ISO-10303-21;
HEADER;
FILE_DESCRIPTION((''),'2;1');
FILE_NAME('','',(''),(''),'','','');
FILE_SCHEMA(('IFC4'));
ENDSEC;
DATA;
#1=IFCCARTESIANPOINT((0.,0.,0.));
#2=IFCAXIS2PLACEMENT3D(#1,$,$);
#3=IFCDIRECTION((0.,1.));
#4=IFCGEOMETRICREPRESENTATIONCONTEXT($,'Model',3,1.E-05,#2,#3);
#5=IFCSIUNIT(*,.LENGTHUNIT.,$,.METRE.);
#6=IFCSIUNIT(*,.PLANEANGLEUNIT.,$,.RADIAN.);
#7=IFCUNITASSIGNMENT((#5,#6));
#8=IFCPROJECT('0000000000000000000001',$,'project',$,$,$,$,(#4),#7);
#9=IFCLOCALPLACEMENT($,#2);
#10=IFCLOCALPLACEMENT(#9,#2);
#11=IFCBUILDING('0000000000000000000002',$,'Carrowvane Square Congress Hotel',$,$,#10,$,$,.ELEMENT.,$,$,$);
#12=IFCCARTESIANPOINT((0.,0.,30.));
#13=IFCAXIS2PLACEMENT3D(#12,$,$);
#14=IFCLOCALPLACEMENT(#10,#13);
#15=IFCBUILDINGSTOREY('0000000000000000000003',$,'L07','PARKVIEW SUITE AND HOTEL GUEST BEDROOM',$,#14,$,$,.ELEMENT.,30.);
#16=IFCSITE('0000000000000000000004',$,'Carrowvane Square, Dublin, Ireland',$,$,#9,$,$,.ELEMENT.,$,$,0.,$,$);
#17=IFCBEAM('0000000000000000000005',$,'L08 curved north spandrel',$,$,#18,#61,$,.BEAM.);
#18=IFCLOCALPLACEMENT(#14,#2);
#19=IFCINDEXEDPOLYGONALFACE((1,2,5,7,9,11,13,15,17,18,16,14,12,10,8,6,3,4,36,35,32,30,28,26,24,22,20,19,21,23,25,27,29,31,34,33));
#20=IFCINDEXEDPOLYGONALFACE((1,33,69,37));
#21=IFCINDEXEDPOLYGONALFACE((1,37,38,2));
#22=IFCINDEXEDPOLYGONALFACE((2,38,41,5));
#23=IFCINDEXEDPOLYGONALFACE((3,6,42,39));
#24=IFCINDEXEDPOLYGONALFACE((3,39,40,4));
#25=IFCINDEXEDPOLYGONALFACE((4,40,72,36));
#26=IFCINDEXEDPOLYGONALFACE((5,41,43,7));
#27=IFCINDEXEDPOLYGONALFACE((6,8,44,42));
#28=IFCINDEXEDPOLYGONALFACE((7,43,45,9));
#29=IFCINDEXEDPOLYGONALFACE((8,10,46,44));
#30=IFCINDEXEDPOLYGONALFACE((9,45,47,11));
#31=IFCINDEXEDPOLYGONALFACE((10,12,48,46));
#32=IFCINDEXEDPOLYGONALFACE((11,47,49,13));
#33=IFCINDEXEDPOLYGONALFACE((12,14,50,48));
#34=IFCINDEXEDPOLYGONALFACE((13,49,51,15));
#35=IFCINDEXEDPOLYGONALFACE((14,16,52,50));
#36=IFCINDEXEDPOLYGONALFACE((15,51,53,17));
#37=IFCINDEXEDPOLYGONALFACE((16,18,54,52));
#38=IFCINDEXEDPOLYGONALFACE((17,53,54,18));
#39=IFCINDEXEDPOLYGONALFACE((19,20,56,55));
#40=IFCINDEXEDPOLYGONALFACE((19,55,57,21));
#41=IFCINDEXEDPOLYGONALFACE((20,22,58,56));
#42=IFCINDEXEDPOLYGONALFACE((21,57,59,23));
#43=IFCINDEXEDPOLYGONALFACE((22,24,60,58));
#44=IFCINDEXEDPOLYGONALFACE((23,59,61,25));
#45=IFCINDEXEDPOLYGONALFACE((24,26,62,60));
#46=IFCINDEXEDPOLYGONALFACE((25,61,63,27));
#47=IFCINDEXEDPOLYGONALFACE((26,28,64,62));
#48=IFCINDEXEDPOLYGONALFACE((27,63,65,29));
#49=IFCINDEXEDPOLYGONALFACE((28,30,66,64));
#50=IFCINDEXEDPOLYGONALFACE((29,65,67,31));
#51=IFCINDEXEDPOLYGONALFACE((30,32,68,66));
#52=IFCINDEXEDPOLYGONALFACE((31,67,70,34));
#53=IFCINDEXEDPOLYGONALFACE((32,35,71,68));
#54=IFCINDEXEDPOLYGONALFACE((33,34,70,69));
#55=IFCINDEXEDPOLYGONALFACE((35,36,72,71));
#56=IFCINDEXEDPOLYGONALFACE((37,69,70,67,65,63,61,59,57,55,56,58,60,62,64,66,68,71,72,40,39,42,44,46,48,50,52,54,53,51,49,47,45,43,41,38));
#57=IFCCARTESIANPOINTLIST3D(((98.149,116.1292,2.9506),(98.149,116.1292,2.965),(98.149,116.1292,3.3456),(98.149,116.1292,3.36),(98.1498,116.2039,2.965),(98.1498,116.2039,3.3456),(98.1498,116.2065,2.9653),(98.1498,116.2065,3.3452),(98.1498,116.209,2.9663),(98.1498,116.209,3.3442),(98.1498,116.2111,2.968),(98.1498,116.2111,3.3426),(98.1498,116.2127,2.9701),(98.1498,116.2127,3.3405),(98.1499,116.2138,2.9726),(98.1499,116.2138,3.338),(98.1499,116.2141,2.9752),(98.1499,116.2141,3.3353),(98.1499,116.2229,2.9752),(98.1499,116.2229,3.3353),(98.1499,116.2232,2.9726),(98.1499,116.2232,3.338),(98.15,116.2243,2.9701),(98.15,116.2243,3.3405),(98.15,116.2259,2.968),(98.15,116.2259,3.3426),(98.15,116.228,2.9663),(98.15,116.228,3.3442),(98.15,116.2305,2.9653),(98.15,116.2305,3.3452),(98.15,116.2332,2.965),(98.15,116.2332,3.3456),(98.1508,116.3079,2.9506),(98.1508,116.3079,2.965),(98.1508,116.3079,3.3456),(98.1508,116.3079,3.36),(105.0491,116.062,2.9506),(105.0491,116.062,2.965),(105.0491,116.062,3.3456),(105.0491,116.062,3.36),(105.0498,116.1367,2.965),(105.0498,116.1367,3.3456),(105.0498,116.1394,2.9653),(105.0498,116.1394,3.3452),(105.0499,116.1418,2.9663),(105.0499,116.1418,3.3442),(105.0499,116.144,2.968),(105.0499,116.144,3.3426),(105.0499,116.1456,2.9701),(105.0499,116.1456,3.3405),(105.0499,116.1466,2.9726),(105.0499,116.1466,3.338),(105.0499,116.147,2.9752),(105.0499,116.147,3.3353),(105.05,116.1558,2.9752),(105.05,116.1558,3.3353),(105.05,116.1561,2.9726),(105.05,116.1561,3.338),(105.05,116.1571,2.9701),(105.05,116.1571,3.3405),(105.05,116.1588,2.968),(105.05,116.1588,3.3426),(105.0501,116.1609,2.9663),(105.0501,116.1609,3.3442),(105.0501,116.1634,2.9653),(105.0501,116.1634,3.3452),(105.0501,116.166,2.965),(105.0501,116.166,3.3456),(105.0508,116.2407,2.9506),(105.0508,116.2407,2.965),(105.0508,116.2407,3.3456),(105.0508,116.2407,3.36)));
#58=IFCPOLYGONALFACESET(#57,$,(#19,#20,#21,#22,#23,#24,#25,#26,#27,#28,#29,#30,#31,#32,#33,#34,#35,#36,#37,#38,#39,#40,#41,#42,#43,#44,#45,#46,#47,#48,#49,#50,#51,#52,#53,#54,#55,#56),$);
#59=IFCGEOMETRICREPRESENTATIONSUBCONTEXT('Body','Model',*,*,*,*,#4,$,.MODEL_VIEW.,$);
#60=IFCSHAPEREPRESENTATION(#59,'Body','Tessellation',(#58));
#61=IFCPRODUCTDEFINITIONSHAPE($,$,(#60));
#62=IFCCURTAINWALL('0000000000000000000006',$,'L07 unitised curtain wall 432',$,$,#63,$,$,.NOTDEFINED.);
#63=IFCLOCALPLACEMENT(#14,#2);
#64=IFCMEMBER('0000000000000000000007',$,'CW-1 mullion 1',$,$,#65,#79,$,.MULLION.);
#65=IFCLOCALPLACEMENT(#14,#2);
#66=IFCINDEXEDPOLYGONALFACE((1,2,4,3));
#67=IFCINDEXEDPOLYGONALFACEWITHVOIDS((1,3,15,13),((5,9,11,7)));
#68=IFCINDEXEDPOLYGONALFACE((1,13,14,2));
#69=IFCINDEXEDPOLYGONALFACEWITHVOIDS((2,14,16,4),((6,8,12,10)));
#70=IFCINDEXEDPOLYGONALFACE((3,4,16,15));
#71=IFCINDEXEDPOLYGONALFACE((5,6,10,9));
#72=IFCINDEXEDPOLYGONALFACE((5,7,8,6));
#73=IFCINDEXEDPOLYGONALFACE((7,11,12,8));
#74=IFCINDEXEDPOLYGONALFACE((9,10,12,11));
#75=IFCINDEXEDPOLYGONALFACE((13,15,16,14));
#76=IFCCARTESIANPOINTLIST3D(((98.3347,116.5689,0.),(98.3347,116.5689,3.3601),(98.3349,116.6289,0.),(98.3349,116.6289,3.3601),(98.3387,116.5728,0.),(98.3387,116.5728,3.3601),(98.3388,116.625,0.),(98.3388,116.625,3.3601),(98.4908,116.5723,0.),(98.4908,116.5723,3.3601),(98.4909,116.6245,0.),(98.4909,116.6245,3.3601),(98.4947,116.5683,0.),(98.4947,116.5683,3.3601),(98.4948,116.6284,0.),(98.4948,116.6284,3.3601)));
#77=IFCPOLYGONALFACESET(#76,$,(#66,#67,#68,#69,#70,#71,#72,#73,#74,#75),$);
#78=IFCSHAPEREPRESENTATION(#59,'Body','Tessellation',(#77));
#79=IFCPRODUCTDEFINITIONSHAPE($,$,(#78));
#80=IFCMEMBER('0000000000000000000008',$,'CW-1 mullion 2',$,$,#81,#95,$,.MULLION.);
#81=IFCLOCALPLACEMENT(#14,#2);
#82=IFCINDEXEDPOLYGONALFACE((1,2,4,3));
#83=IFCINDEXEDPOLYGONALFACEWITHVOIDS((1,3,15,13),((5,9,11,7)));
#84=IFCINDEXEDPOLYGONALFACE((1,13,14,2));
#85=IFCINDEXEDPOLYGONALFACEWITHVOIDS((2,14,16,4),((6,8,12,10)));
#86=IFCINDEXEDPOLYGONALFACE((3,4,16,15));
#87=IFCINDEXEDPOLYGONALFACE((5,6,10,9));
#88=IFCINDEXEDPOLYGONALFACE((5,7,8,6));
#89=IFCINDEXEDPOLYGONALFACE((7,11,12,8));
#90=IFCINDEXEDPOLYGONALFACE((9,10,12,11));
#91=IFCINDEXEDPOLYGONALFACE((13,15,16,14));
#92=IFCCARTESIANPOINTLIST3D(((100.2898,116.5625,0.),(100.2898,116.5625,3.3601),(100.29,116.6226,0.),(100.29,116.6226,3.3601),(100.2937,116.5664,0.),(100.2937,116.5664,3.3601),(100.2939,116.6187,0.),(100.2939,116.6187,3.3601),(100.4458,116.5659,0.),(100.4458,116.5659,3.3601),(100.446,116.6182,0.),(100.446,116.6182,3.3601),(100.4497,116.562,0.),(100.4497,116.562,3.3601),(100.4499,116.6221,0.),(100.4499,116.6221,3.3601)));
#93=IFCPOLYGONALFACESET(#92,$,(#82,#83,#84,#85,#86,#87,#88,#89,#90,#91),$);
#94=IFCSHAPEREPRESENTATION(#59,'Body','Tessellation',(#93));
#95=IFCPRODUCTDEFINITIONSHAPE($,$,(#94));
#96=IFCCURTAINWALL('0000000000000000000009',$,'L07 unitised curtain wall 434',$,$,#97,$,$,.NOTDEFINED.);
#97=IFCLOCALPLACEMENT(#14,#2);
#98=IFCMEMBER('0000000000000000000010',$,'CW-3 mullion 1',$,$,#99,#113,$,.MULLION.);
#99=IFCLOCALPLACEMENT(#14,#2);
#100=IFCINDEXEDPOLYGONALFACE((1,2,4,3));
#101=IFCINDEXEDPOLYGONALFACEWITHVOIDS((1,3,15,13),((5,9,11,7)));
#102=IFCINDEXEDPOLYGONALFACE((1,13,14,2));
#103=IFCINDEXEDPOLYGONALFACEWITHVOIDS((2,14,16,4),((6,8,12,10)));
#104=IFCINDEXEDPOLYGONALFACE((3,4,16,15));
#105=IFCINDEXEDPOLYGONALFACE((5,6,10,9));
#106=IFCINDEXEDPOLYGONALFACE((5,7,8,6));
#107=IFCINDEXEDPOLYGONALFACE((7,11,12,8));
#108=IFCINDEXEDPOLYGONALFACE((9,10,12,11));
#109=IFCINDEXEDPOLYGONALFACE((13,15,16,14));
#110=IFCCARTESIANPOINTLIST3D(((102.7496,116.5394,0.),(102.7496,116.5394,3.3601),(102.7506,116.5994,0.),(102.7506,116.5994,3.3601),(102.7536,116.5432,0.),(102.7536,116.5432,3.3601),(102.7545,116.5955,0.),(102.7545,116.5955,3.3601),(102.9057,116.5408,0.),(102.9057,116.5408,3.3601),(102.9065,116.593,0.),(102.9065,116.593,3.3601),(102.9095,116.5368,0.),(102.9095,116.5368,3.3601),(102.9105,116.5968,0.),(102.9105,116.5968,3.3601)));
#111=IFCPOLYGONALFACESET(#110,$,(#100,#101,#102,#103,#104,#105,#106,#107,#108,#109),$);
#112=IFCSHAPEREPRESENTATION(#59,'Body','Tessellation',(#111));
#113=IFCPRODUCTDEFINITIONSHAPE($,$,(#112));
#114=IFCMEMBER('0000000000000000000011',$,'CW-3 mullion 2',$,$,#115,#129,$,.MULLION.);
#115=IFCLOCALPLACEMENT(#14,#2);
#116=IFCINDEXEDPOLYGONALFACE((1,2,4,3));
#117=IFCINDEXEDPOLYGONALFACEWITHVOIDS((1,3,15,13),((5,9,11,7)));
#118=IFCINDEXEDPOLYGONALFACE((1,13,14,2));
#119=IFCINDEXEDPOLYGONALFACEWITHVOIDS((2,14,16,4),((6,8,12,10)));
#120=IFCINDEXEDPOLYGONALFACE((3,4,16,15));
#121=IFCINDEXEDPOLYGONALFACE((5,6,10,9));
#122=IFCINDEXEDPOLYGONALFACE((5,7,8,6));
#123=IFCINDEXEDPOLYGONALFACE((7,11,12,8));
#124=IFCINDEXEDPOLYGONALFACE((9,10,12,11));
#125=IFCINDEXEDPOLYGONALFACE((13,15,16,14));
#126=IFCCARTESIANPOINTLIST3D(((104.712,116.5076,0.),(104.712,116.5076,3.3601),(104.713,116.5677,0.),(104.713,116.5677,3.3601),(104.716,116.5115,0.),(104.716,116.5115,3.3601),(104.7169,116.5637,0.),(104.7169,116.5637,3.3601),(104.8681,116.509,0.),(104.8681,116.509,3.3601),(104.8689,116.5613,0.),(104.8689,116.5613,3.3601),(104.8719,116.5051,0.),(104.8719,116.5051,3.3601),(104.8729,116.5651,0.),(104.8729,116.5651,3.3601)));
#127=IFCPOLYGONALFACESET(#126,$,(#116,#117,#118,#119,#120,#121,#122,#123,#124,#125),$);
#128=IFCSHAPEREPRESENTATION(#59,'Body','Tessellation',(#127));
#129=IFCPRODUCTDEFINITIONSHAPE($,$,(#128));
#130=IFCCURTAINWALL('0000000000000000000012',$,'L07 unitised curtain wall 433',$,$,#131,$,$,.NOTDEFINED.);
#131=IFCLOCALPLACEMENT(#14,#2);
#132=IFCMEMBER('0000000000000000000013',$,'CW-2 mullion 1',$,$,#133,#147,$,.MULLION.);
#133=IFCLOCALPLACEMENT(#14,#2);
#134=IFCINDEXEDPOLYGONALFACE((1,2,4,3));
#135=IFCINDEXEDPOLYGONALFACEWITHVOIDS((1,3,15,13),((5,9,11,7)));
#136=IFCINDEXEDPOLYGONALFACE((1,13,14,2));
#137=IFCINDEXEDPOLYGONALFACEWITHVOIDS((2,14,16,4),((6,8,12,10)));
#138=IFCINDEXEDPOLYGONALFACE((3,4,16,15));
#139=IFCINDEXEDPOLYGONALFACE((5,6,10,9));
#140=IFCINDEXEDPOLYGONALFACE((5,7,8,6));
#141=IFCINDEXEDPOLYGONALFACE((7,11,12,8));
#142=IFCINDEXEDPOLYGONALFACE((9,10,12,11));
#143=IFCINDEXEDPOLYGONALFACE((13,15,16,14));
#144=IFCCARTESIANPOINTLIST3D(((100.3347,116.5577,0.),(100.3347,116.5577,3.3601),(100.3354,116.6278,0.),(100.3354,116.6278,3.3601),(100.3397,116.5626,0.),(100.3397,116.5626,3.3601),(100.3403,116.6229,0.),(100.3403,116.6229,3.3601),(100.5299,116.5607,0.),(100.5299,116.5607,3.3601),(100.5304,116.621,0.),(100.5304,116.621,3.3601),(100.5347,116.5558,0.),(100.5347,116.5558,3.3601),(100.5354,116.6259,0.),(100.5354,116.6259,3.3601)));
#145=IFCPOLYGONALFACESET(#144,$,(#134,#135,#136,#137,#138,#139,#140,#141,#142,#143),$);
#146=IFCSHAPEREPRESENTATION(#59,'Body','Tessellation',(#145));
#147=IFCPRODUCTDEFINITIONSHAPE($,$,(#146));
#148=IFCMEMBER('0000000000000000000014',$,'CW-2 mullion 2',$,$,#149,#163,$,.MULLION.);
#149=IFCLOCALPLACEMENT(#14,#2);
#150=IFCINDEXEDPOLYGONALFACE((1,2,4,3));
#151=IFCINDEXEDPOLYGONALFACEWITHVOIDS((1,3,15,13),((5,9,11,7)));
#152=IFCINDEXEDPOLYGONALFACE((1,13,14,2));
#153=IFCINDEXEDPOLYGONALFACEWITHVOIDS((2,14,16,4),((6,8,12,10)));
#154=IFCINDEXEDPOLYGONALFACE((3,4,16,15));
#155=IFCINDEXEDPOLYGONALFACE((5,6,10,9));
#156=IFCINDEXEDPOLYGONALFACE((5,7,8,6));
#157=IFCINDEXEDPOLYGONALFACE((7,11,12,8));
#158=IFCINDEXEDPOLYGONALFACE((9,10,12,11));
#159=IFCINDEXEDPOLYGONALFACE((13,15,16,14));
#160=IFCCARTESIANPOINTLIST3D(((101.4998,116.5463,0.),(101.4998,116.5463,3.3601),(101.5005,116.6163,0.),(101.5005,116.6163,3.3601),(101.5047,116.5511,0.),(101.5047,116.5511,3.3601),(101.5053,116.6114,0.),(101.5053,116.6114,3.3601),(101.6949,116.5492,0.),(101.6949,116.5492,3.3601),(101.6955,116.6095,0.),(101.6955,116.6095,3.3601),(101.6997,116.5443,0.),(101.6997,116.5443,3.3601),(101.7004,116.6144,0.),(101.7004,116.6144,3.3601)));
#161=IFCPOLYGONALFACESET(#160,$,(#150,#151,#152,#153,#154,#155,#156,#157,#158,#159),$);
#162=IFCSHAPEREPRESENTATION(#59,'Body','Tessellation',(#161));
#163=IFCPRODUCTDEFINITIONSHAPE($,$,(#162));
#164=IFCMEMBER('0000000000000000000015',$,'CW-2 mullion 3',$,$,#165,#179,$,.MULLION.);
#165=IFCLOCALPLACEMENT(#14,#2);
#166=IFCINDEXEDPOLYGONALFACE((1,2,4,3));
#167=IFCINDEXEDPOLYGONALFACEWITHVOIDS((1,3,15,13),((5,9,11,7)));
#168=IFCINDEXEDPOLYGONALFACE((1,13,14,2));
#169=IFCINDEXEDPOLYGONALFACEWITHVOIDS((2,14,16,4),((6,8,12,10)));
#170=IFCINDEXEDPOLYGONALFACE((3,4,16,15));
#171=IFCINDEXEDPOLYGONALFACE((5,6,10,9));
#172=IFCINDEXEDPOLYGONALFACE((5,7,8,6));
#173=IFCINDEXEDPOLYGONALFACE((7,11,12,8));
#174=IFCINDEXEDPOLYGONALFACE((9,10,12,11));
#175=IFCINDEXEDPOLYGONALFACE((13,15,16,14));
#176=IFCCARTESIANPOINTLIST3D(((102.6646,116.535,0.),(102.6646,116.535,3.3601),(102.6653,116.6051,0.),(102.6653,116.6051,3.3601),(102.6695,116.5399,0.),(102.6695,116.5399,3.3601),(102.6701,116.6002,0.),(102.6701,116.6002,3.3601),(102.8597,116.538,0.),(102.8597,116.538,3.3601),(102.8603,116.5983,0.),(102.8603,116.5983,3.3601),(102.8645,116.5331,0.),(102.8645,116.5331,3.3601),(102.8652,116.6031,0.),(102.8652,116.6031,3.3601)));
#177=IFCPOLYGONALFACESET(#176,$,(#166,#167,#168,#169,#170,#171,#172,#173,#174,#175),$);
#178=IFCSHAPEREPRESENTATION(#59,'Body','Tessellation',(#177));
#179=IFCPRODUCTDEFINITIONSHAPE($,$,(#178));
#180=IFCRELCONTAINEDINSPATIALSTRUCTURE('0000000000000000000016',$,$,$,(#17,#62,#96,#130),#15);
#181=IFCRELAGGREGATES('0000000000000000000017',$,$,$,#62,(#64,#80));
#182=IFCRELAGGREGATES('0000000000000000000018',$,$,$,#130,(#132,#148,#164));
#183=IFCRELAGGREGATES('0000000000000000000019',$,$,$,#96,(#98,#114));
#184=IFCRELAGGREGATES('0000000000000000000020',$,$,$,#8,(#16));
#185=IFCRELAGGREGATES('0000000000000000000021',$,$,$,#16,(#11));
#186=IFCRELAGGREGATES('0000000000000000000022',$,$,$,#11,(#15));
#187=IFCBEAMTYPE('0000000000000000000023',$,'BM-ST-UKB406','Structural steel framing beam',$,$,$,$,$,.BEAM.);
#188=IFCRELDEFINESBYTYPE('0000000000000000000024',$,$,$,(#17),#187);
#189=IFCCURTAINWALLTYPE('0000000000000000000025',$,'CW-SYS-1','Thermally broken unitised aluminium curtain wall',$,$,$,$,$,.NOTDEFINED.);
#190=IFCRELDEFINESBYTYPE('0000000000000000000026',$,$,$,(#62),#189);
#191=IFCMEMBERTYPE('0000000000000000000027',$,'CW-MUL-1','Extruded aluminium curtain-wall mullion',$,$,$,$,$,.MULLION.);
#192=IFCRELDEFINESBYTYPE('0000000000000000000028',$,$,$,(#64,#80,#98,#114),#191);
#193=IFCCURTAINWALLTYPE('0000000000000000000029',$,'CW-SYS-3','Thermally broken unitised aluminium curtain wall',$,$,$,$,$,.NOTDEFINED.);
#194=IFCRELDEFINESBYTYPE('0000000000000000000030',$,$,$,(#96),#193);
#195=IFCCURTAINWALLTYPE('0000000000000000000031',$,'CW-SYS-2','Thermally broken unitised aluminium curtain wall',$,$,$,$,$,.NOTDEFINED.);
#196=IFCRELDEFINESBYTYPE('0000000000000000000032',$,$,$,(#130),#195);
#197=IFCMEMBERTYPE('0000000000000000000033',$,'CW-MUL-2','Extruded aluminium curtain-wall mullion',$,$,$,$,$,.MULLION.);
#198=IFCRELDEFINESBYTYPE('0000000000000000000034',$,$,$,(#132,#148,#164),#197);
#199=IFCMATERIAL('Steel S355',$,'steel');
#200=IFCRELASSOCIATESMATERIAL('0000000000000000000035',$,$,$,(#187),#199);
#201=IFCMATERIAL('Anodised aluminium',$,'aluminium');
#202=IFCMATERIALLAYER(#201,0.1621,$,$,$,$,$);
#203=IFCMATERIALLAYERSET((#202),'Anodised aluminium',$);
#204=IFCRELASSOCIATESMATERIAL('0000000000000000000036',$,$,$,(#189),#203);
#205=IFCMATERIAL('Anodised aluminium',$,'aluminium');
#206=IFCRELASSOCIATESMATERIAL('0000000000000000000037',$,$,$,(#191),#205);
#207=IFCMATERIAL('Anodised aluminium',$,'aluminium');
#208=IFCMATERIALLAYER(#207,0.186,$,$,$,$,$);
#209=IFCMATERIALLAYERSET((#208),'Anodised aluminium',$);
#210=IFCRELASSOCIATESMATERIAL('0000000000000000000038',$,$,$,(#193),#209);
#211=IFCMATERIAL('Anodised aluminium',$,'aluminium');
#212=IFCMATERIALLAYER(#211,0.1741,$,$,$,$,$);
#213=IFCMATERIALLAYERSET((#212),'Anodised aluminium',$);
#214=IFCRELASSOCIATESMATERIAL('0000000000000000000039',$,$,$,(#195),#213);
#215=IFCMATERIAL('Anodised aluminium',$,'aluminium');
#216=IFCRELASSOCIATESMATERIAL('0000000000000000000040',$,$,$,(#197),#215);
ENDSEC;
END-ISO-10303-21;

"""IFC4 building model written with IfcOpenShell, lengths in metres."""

from ifc_helpers import new_model, si_unit, direction, frame, origin, origin_2d, place, context, subcontext, project, spatial, hollow_rectangle, i_section, extrude, material, layer, layer_set, material_profile, profile_set, type_object, element, aggregate, save


model = new_model("IFC4")

# Units and contexts
model_context = context("Model", 3, precision=1e-05, world=origin(), true_north=direction((0.0, 1.0)))
body_context = subcontext(model_context, "Body", "Model", "MODEL_VIEW")
ifc_project = project(units=[si_unit("LENGTHUNIT", "METRE"), si_unit("PLANEANGLEUNIT", "RADIAN")], contexts=[model_context])

# Site, building, storey
site_placement = place(None, origin())
site = spatial("IfcSite", under=ifc_project, at=site_placement, Name="Carrowvane Square, Dublin, Ireland", CompositionType="ELEMENT", RefElevation=0.0)
building_placement = place(site_placement, origin())
building = spatial("IfcBuilding", under=site, at=building_placement, Name="Carrowvane Square Congress Hotel", CompositionType="ELEMENT")
storey_placement = place(building_placement, frame((0.0, 0.0, 30.0)))
storey = spatial("IfcBuildingStorey", under=building, at=storey_placement, Name="L07", Description="PARKVIEW SUITE AND HOTEL GUEST BEDROOM", CompositionType="ELEMENT", Elevation=30.0)

# Beam
ifc_material_1 = material(Name="Steel S355", Category="steel")
ifc_material_profile_1 = material_profile(ifc_material_1, i_section(OverallWidth=0.1787, OverallDepth=0.4094, WebThickness=0.0088, FlangeThickness=0.0144, FilletRadius=0.0103, at=origin_2d()), Name="UKB 406x178x67")
ifc_profile_set_1 = profile_set([ifc_material_profile_1], Name="Steel S355")
beam_type = type_object("IfcBeamType", Name="BM-ST-UKB406", Description="Structural steel framing beam", PredefinedType="BEAM", material=ifc_profile_set_1)
beam_placement = place(storey_placement, frame((98.1499, 116.2185, 3.1553), z_axis=(0.999953, -0.00973, 0.0), x_axis=(0.00973, 0.999953, 0.0)))
element("IfcBeam", 1, at=beam_placement, inside=storey, type_object=beam_type, Name="L08 curved north spandrel", PredefinedType="BEAM", context=body_context, shape_type="SweptSolid", body=[
    extrude(i_section(OverallWidth=0.1787, OverallDepth=0.4094, WebThickness=0.0088, FlangeThickness=0.0144, FilletRadius=0.0103, at=origin_2d()), origin(), (0.0, 0.0, 1.0), 6.9004),
])

# Curtain walls, members
ifc_material_2 = material(Name="Anodised aluminium", Category="aluminium")
ifc_layer_1 = layer(ifc_material_2, 0.1621)
ifc_layer_set_1 = layer_set([ifc_layer_1], Name="Anodised aluminium")
curtain_wall_type_1 = type_object("IfcCurtainWallType", Name="CW-SYS-1", Description="Thermally broken unitised aluminium curtain wall", PredefinedType="NOTDEFINED", material=ifc_layer_set_1)
curtain_wall_1_placement = place(storey_placement, origin())
curtain_wall_1 = element("IfcCurtainWall", 2, at=curtain_wall_1_placement, inside=storey, type_object=curtain_wall_type_1, Name="L07 unitised curtain wall 432", PredefinedType="NOTDEFINED")
ifc_material_3 = material(Name="Anodised aluminium", Category="aluminium")
ifc_material_profile_2 = material_profile(ifc_material_3, hollow_rectangle(XDim=0.0601, YDim=0.1599, WallThickness=0.0039, at=origin_2d()), Name="CW-ML 60x160x4")
ifc_profile_set_2 = profile_set([ifc_material_profile_2], Name="Anodised aluminium")
member_type_1 = type_object("IfcMemberType", Name="CW-MUL-1", Description="Extruded aluminium curtain-wall mullion", PredefinedType="MULLION", material=ifc_profile_set_2)
member_1_placement = place(storey_placement, frame((98.4148, 116.5986, 0.0), z_axis=(0.0, 0.0, 1.0), x_axis=(0.00327, 0.999995, 0.0)))
member_1 = element("IfcMember", 3, at=member_1_placement, type_object=member_type_1, Name="CW-1 mullion 1", PredefinedType="MULLION", context=body_context, shape_type="SweptSolid", body=[
    extrude(hollow_rectangle(XDim=0.0601, YDim=0.1599, WallThickness=0.0039, at=origin_2d()), origin(), (0.0, 0.0, 1.0), 3.3601),
])
member_2_placement = place(storey_placement, frame((100.3699, 116.5923, 0.0), z_axis=(0.0, 0.0, 1.0), x_axis=(0.00327, 0.999995, 0.0)))
member_2 = element("IfcMember", 4, at=member_2_placement, type_object=member_type_1, Name="CW-1 mullion 2", PredefinedType="MULLION", context=body_context, shape_type="SweptSolid", body=[
    extrude(hollow_rectangle(XDim=0.0601, YDim=0.1599, WallThickness=0.0039, at=origin_2d()), origin(), (0.0, 0.0, 1.0), 3.3601),
])
ifc_material_4 = material(Name="Anodised aluminium", Category="aluminium")
ifc_layer_2 = layer(ifc_material_4, 0.186)
ifc_layer_set_2 = layer_set([ifc_layer_2], Name="Anodised aluminium")
curtain_wall_type_2 = type_object("IfcCurtainWallType", Name="CW-SYS-3", Description="Thermally broken unitised aluminium curtain wall", PredefinedType="NOTDEFINED", material=ifc_layer_set_2)
curtain_wall_2_placement = place(storey_placement, origin())
curtain_wall_2 = element("IfcCurtainWall", 5, at=curtain_wall_2_placement, inside=storey, type_object=curtain_wall_type_2, Name="L07 unitised curtain wall 434", PredefinedType="NOTDEFINED")
member_3_placement = place(storey_placement, frame((102.8301, 116.5681, 0.0), z_axis=(0.0, 0.0, 1.0), x_axis=(0.016216, 0.999869, 0.0)))
member_3 = element("IfcMember", 6, at=member_3_placement, type_object=member_type_1, Name="CW-3 mullion 1", PredefinedType="MULLION", context=body_context, shape_type="SweptSolid", body=[
    extrude(hollow_rectangle(XDim=0.0601, YDim=0.1599, WallThickness=0.0039, at=origin_2d()), origin(), (0.0, 0.0, 1.0), 3.3601),
])
member_4_placement = place(storey_placement, frame((104.7925, 116.5364, 0.0), z_axis=(0.0, 0.0, 1.0), x_axis=(0.016216, 0.999869, 0.0)))
member_4 = element("IfcMember", 7, at=member_4_placement, type_object=member_type_1, Name="CW-3 mullion 2", PredefinedType="MULLION", context=body_context, shape_type="SweptSolid", body=[
    extrude(hollow_rectangle(XDim=0.0601, YDim=0.1599, WallThickness=0.0039, at=origin_2d()), origin(), (0.0, 0.0, 1.0), 3.3601),
])
ifc_material_5 = material(Name="Anodised aluminium", Category="aluminium")
ifc_layer_3 = layer(ifc_material_5, 0.1741)
ifc_layer_set_3 = layer_set([ifc_layer_3], Name="Anodised aluminium")
curtain_wall_type_3 = type_object("IfcCurtainWallType", Name="CW-SYS-2", Description="Thermally broken unitised aluminium curtain wall", PredefinedType="NOTDEFINED", material=ifc_layer_set_3)
curtain_wall_3_placement = place(storey_placement, origin())
curtain_wall_3 = element("IfcCurtainWall", 8, at=curtain_wall_3_placement, inside=storey, type_object=curtain_wall_type_3, Name="L07 unitised curtain wall 433", PredefinedType="NOTDEFINED")
ifc_material_6 = material(Name="Anodised aluminium", Category="aluminium")
ifc_material_profile_3 = material_profile(ifc_material_6, hollow_rectangle(XDim=0.0701, YDim=0.2, WallThickness=0.0049, at=origin_2d()), Name="CW-ML 70x200x5")
ifc_profile_set_3 = profile_set([ifc_material_profile_3], Name="Anodised aluminium")
member_type_2 = type_object("IfcMemberType", Name="CW-MUL-2", Description="Extruded aluminium curtain-wall mullion", PredefinedType="MULLION", material=ifc_profile_set_3)
member_5_placement = place(storey_placement, frame((100.4351, 116.5918, 0.0), z_axis=(0.0, 0.0, 1.0), x_axis=(0.009783, 0.999952, 0.0)))
member_5 = element("IfcMember", 9, at=member_5_placement, type_object=member_type_2, Name="CW-2 mullion 1", PredefinedType="MULLION", context=body_context, shape_type="SweptSolid", body=[
    extrude(hollow_rectangle(XDim=0.0701, YDim=0.2, WallThickness=0.0049, at=origin_2d()), origin(), (0.0, 0.0, 1.0), 3.3601),
])
member_6_placement = place(storey_placement, frame((101.6001, 116.5803, 0.0), z_axis=(0.0, 0.0, 1.0), x_axis=(0.009783, 0.999952, 0.0)))
member_6 = element("IfcMember", 10, at=member_6_placement, type_object=member_type_2, Name="CW-2 mullion 2", PredefinedType="MULLION", context=body_context, shape_type="SweptSolid", body=[
    extrude(hollow_rectangle(XDim=0.0701, YDim=0.2, WallThickness=0.0049, at=origin_2d()), origin(), (0.0, 0.0, 1.0), 3.3601),
])
member_7_placement = place(storey_placement, frame((102.7649, 116.5691, 0.0), z_axis=(0.0, 0.0, 1.0), x_axis=(0.009783, 0.999952, 0.0)))
member_7 = element("IfcMember", 11, at=member_7_placement, type_object=member_type_2, Name="CW-2 mullion 3", PredefinedType="MULLION", context=body_context, shape_type="SweptSolid", body=[
    extrude(hollow_rectangle(XDim=0.0701, YDim=0.2, WallThickness=0.0049, at=origin_2d()), origin(), (0.0, 0.0, 1.0), 3.3601),
])

aggregate(curtain_wall_1, [member_1, member_2])
aggregate(curtain_wall_3, [member_5, member_6, member_7])
aggregate(curtain_wall_2, [member_3, member_4])

save(model, "model.ifc")
